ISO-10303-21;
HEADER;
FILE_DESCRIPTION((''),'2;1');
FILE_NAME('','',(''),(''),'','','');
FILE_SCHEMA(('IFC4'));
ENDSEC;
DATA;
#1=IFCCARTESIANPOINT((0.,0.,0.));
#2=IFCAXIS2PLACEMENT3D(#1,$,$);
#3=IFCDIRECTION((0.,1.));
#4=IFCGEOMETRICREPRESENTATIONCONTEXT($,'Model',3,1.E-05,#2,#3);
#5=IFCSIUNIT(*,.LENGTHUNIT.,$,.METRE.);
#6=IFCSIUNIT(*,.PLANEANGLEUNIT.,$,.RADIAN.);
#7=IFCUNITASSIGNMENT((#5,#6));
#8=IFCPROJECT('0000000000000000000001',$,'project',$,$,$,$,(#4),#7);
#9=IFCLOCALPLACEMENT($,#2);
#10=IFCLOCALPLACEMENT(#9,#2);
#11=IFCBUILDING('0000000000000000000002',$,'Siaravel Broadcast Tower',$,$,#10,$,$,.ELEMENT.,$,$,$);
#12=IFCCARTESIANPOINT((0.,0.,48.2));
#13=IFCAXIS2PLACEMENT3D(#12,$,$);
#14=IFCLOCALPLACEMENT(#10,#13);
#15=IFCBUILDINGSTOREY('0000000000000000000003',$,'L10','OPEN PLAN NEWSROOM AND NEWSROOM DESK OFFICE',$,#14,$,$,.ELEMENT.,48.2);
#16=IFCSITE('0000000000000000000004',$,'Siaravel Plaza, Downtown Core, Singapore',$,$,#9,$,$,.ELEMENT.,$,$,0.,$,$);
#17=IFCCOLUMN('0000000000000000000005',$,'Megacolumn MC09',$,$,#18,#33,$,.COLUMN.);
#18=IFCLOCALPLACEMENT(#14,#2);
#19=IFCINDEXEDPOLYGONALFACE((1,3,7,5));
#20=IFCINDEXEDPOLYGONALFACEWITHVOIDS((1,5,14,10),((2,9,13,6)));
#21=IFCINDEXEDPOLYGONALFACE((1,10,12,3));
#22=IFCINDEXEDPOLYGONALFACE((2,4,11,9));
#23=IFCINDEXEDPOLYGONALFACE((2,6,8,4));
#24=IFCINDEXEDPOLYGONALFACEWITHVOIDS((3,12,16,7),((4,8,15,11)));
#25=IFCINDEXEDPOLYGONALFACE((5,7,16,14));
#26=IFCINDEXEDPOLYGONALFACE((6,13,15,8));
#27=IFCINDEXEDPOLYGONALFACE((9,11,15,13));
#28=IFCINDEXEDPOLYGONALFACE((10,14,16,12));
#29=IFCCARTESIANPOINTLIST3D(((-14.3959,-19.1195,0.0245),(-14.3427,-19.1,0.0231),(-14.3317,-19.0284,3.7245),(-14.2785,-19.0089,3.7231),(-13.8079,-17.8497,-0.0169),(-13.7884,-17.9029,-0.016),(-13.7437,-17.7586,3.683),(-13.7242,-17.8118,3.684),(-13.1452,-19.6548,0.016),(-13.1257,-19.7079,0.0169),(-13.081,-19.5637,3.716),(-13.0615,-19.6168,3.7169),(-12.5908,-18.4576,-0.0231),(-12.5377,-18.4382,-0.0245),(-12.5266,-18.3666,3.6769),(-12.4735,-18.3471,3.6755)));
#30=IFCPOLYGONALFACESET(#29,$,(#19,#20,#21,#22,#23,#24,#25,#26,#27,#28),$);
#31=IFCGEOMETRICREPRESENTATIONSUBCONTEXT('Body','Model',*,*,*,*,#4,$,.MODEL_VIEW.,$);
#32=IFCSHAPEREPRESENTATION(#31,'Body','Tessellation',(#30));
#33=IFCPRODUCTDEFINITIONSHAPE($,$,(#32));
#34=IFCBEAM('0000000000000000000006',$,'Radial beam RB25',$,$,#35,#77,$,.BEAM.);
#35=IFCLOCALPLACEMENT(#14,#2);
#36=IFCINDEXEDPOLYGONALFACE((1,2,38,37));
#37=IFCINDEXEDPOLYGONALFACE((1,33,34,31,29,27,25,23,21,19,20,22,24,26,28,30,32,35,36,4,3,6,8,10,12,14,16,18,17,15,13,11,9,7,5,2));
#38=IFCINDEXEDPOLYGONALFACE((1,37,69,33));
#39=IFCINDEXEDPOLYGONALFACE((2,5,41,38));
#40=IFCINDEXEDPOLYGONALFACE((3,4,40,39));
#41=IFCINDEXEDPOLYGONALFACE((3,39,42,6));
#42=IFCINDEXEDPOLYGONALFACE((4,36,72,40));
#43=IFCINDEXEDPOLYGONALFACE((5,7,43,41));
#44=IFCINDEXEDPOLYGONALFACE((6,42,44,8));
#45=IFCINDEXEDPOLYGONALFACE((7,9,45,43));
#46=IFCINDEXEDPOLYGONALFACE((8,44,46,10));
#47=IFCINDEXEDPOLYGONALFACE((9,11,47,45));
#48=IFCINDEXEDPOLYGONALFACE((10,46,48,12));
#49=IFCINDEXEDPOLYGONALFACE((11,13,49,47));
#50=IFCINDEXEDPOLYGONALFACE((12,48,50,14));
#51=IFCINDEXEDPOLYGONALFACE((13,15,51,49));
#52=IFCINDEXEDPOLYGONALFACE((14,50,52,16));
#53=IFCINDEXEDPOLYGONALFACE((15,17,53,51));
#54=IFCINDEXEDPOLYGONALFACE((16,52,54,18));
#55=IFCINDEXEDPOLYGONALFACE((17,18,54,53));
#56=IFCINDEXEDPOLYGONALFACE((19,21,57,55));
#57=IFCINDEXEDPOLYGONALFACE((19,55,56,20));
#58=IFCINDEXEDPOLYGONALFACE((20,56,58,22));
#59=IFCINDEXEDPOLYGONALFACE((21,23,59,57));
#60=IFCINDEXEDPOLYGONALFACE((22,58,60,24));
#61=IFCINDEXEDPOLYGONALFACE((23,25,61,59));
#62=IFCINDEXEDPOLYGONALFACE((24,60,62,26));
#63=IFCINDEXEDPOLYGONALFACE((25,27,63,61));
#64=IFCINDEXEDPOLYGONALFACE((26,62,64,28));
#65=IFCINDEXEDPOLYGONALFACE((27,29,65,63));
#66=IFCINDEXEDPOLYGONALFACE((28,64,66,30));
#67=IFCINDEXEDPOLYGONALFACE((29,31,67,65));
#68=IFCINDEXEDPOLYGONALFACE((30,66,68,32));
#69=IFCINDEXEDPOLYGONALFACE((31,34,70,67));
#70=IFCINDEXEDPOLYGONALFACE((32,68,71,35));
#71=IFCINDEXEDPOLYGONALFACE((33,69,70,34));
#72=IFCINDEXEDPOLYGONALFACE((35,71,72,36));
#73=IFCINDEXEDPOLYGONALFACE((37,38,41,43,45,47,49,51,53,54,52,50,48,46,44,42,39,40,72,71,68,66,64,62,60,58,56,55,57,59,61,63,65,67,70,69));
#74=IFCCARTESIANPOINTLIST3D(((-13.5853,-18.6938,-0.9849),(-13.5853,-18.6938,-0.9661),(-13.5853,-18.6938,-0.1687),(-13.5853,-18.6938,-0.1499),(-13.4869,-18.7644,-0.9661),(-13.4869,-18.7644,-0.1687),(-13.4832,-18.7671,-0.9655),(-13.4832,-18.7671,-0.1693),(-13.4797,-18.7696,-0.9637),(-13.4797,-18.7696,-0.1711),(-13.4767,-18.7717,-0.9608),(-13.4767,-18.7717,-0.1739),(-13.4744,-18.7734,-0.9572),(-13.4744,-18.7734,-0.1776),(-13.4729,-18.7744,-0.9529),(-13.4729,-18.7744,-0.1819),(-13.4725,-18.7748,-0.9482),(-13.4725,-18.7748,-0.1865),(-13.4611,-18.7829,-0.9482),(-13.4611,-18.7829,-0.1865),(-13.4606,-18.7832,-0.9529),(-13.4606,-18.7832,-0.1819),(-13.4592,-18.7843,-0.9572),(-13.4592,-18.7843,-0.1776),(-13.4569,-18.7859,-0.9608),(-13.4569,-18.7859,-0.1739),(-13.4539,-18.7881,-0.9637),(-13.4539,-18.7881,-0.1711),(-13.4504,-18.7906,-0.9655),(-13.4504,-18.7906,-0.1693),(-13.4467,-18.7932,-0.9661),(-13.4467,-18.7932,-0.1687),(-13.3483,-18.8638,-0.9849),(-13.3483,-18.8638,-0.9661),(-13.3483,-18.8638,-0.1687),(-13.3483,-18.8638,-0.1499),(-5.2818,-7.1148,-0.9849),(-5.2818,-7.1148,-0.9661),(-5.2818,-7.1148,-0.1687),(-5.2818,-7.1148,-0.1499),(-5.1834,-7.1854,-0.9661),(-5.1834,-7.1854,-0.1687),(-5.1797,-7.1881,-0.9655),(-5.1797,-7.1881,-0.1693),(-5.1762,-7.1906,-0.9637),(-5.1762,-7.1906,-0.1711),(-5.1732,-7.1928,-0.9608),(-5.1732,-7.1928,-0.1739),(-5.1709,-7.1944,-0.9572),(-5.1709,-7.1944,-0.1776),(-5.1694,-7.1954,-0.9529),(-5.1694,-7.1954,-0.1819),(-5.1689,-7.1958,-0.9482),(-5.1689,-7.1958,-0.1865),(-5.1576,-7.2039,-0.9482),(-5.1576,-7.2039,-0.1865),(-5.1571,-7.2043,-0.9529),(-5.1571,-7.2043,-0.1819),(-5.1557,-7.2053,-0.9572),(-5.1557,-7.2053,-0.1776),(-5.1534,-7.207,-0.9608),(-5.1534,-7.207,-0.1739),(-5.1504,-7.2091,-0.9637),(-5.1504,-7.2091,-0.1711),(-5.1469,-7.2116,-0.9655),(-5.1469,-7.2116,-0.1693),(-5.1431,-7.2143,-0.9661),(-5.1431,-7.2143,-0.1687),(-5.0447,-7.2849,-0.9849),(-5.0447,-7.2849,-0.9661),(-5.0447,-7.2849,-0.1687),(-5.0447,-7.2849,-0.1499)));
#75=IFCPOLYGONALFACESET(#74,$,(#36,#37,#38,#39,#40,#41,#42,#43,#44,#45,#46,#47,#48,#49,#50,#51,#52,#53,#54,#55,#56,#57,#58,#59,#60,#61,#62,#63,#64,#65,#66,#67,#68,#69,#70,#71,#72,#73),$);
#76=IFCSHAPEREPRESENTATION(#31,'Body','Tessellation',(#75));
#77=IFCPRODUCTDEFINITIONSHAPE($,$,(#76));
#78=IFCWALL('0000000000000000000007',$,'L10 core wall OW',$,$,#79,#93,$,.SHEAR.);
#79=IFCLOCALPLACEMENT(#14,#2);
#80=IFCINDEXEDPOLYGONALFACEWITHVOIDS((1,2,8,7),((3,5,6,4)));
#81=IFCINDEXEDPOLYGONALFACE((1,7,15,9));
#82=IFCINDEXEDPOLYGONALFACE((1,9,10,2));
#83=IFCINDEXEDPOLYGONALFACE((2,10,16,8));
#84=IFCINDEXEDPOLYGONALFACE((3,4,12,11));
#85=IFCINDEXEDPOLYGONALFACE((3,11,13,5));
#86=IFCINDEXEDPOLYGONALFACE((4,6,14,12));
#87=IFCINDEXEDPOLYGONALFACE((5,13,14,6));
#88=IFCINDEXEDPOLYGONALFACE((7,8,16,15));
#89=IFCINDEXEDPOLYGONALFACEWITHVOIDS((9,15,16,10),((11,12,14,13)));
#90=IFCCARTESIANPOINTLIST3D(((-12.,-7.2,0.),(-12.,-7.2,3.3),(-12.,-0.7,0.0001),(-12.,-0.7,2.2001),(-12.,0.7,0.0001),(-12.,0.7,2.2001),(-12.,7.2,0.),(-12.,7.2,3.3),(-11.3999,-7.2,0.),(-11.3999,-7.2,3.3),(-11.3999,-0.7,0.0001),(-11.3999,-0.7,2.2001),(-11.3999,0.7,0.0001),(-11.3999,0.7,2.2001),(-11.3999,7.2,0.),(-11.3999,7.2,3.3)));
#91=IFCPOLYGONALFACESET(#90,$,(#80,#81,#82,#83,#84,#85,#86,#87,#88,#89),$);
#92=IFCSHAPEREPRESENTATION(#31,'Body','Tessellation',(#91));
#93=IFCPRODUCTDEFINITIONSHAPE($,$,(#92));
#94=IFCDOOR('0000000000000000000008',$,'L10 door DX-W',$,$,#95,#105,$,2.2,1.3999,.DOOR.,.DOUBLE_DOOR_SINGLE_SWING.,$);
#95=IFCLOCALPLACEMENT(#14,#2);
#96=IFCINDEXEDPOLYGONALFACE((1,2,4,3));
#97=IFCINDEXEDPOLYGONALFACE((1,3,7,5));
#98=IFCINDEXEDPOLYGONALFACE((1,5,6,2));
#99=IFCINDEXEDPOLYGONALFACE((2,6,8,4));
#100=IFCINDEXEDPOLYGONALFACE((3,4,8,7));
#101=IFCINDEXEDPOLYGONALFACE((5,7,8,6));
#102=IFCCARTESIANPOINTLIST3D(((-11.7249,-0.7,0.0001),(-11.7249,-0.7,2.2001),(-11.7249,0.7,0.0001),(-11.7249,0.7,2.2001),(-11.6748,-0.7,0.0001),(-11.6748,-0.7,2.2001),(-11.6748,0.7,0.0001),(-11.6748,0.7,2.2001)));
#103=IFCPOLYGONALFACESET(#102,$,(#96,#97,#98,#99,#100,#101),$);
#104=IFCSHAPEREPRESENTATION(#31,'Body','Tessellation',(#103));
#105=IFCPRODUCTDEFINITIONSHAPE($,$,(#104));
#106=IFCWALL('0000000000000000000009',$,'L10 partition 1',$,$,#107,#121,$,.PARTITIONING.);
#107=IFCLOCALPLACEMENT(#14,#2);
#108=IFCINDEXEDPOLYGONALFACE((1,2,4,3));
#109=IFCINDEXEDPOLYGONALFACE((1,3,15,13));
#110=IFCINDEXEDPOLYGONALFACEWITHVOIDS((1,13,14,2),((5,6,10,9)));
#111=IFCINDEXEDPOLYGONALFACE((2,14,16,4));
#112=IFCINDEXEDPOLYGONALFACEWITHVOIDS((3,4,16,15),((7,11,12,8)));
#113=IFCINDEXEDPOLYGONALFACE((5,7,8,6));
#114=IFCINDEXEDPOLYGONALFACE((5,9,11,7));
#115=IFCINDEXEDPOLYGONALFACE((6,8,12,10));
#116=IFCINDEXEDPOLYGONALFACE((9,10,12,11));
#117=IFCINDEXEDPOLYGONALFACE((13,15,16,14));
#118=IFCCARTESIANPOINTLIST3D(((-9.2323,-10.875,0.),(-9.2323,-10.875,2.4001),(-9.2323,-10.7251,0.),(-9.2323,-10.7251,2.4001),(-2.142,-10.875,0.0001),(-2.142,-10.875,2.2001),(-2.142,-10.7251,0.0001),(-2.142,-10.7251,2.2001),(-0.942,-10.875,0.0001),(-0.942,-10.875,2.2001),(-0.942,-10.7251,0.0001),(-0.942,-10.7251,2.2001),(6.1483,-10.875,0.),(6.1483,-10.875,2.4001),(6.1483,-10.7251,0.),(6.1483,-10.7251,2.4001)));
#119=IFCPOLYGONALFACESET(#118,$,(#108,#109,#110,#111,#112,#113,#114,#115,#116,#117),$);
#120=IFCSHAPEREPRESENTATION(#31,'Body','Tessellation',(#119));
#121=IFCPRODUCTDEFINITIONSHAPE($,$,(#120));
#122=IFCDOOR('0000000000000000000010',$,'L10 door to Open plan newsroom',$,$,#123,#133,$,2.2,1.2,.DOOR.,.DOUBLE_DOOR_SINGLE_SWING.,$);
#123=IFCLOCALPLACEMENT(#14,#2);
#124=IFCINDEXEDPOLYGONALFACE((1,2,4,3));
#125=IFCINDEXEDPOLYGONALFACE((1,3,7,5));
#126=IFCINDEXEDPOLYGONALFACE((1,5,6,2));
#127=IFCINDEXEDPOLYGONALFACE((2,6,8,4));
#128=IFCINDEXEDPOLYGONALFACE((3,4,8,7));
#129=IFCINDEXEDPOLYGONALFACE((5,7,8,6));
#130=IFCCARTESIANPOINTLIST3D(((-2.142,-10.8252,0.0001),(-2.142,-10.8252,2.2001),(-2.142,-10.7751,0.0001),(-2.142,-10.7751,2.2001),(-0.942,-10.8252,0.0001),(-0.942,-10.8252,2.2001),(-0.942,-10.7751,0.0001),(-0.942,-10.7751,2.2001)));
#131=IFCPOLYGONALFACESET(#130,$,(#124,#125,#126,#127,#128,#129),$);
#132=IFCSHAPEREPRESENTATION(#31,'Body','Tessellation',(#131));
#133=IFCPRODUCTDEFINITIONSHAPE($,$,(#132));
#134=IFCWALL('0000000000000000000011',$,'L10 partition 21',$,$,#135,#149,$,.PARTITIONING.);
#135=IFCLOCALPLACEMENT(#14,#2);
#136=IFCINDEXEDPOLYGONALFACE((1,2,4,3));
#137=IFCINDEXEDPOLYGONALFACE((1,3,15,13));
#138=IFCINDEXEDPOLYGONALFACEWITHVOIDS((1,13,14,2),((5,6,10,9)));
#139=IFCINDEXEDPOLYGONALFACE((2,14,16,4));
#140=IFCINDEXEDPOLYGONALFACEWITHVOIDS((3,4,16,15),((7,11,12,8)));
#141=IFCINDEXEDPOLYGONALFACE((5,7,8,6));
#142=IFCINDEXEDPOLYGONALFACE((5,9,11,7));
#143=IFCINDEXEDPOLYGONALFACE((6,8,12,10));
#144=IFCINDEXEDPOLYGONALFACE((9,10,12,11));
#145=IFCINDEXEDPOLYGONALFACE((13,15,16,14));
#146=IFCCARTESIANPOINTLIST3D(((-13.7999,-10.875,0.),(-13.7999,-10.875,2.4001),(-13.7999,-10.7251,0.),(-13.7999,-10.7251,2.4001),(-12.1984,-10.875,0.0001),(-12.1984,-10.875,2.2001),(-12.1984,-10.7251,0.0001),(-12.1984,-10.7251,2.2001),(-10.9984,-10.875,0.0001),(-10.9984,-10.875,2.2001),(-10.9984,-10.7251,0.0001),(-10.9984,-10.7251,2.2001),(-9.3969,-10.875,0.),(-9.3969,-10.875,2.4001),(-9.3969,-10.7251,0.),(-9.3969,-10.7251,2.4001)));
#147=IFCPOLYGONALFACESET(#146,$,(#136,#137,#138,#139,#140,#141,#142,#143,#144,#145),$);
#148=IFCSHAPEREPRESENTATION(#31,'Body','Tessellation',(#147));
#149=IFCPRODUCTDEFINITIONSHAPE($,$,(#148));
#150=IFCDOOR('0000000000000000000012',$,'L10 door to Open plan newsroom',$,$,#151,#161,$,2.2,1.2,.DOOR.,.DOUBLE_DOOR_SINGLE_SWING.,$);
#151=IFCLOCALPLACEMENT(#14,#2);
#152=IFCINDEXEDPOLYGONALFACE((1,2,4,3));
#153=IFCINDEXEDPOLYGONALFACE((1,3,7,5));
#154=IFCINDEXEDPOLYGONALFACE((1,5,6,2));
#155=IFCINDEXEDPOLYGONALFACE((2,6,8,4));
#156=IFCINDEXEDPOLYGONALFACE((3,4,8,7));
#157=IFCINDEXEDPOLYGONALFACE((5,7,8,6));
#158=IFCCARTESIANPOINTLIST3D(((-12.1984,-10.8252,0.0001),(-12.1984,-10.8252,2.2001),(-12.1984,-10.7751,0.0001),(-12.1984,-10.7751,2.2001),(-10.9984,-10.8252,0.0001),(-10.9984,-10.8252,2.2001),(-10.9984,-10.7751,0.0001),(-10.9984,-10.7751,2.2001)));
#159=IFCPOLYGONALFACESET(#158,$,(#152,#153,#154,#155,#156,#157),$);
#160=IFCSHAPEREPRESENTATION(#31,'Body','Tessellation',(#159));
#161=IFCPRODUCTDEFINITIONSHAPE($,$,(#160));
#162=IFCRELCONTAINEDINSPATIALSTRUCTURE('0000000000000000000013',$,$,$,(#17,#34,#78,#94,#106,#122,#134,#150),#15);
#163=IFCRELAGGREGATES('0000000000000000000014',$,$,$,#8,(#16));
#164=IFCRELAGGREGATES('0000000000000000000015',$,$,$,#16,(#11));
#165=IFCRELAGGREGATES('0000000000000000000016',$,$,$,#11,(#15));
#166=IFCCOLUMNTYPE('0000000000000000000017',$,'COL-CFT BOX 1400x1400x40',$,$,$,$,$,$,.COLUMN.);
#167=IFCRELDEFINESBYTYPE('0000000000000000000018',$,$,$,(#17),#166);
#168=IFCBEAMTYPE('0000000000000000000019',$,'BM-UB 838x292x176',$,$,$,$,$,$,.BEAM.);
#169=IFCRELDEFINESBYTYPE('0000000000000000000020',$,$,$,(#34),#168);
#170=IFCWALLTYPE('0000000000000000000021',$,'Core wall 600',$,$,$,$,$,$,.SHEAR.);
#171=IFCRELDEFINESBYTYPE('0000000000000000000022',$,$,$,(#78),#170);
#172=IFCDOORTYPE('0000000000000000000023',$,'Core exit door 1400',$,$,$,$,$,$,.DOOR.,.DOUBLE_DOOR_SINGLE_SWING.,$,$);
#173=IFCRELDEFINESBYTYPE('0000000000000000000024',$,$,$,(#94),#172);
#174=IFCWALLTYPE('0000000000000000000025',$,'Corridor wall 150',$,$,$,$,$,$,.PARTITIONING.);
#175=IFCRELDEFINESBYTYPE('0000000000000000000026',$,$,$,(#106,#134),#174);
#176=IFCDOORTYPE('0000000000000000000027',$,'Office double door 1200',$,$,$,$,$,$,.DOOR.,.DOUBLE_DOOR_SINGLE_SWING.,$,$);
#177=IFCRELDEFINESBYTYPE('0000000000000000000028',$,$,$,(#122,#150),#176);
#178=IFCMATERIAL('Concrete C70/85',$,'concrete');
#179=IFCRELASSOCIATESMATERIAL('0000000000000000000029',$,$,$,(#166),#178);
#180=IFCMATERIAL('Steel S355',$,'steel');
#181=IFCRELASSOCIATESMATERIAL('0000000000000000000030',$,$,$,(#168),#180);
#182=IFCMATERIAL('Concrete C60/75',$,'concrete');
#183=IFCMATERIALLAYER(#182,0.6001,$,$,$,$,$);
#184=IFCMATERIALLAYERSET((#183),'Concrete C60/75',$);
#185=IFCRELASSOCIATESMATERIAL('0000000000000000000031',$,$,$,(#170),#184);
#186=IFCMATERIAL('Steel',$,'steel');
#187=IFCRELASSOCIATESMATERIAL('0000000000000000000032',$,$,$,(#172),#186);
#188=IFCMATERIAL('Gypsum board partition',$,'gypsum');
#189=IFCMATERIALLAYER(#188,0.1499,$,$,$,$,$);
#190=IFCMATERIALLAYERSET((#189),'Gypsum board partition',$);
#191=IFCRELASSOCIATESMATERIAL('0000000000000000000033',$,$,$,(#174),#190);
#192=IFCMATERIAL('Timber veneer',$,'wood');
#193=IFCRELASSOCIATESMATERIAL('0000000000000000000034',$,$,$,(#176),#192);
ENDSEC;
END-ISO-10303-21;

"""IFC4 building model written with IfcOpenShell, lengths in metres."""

from ifc_helpers import new_model, si_unit, direction, frame, frame_2d, origin, origin_2d, place, context, subcontext, project, spatial, rectangle, hollow_rectangle, i_section, extrude, material, layer, layer_set, material_profile, profile_set, type_object, element, fill, save


model = new_model("IFC4")

# Units and contexts
model_context = context("Model", 3, precision=1e-05, world=origin(), true_north=direction((0.0, 1.0)))
body_context = subcontext(model_context, "Body", "Model", "MODEL_VIEW")
ifc_project = project(units=[si_unit("LENGTHUNIT", "METRE"), si_unit("PLANEANGLEUNIT", "RADIAN")], contexts=[model_context])

# Site, building, storey
site_placement = place(None, origin())
site = spatial("IfcSite", under=ifc_project, at=site_placement, Name="Siaravel Plaza, Downtown Core, Singapore", CompositionType="ELEMENT", RefElevation=0.0)
building_placement = place(site_placement, origin())
building = spatial("IfcBuilding", under=site, at=building_placement, Name="Siaravel Broadcast Tower", CompositionType="ELEMENT")
storey_placement = place(building_placement, frame((0.0, 0.0, 48.2)))
storey = spatial("IfcBuildingStorey", under=building, at=storey_placement, Name="L10", Description="OPEN PLAN NEWSROOM AND NEWSROOM DESK OFFICE", CompositionType="ELEMENT", Elevation=48.2)

# Column
ifc_material_1 = material(Name="Concrete C70/85", Category="concrete")
ifc_material_profile_1 = material_profile(ifc_material_1, hollow_rectangle(XDim=1.3999, YDim=1.3999, WallThickness=0.04, at=origin_2d()))
ifc_profile_set_1 = profile_set([ifc_material_profile_1], Name="Concrete C70/85")
column_type = type_object("IfcColumnType", Name="COL-CFT BOX 1400x1400x40", PredefinedType="COLUMN", material=ifc_profile_set_1)
column_placement = place(storey_placement, frame((-13.4668, -18.7788, 0.0), z_axis=(0.017346, 0.024601, 0.999547), x_axis=(-0.907346, 0.420349, 0.0054)))
element("IfcColumn", 1, at=column_placement, inside=storey, type_object=column_type, Name="Megacolumn MC09", PredefinedType="COLUMN", context=body_context, shape_type="SweptSolid", body=[
    extrude(hollow_rectangle(XDim=1.3999, YDim=1.3999, WallThickness=0.04, at=origin_2d()), origin(), (0.0, 0.0, 1.0), 3.7017),
])

# Beam
ifc_material_2 = material(Name="Steel S355", Category="steel")
ifc_material_profile_2 = material_profile(ifc_material_2, i_section(OverallWidth=0.2917, OverallDepth=0.835, WebThickness=0.0139, FlangeThickness=0.0188, FilletRadius=0.0178, at=origin_2d()))
ifc_profile_set_2 = profile_set([ifc_material_profile_2], Name="Steel S355")
beam_type = type_object("IfcBeamType", Name="BM-UB 838x292x176", PredefinedType="BEAM", material=ifc_profile_set_2)
beam_placement = place(storey_placement, frame((-13.4668, -18.7788, -0.5674), z_axis=(0.582764, 0.812641, 0.0), x_axis=(-0.812641, 0.582764, 0.0)))
element("IfcBeam", 2, at=beam_placement, inside=storey, type_object=beam_type, Name="Radial beam RB25", PredefinedType="BEAM", context=body_context, shape_type="SweptSolid", body=[
    extrude(i_section(OverallWidth=0.2917, OverallDepth=0.835, WebThickness=0.0139, FlangeThickness=0.0188, FilletRadius=0.0178, at=origin_2d()), origin(), (0.0, 0.0, 1.0), 14.2485),
])

# Walls, openings, doors
ifc_material_3 = material(Name="Concrete C60/75", Category="concrete")
ifc_layer_1 = layer(ifc_material_3, 0.6001)
ifc_layer_set_1 = layer_set([ifc_layer_1], Name="Concrete C60/75")
wall_type_1 = type_object("IfcWallType", Name="Core wall 600", PredefinedType="SHEAR", material=ifc_layer_set_1)
wall_1_placement = place(storey_placement, frame((-11.7, -7.2, 0.0), z_axis=(0.0, 0.0, 1.0), x_axis=(0.0, 1.0, 0.0)))
wall_1 = element("IfcWall", 3, at=wall_1_placement, inside=storey, type_object=wall_type_1, Name="L10 core wall OW", PredefinedType="SHEAR", context=body_context, shape_type="SweptSolid", body=[
    extrude(rectangle(XDim=14.3999, YDim=0.6001, at=frame_2d((7.2, 0.0))), origin(), (0.0, 0.0, 1.0), 3.3),
])
opening_1_placement = place(wall_1_placement, frame((6.5, 0.0, 0.0)))
opening_1 = element("IfcOpeningElement", 4, at=opening_1_placement, cuts=wall_1, PredefinedType="OPENING", context=body_context, shape_type="SweptSolid", body=[
    extrude(rectangle(XDim=1.3999, YDim=2.2, at=frame_2d((0.7, 1.1001))), frame((0.0, 0.3101, 0.0), z_axis=(0.0, -1.0, 0.0), x_axis=(1.0, 0.0, 0.0)), (0.0, 0.0, 1.0), 0.6201),
])
ifc_material_4 = material(Name="Steel", Category="steel")
door_type_1 = type_object("IfcDoorType", Name="Core exit door 1400", OperationType="DOUBLE_DOOR_SINGLE_SWING", PredefinedType="DOOR", material=ifc_material_4)
door_1_placement = place(opening_1_placement, origin())
door_1 = element("IfcDoor", 5, at=door_1_placement, inside=storey, type_object=door_type_1, Name="L10 door DX-W", OperationType="DOUBLE_DOOR_SINGLE_SWING", OverallHeight=2.2, OverallWidth=1.3999, PredefinedType="DOOR", context=body_context, shape_type="SweptSolid", body=[
    extrude(rectangle(XDim=1.3999, YDim=2.2, at=frame_2d((0.7, 1.1001))), frame((0.0, 0.0249, 0.0), z_axis=(0.0, -1.0, 0.0), x_axis=(1.0, 0.0, 0.0)), (0.0, 0.0, 1.0), 0.05),
])
fill(opening_1, door_1)
ifc_material_5 = material(Name="Gypsum board partition", Category="gypsum")
ifc_layer_2 = layer(ifc_material_5, 0.1499)
ifc_layer_set_2 = layer_set([ifc_layer_2], Name="Gypsum board partition")
wall_type_2 = type_object("IfcWallType", Name="Corridor wall 150", PredefinedType="PARTITIONING", material=ifc_layer_set_2)
wall_2_placement = place(storey_placement, frame((-9.2324, -10.8, 0.0), z_axis=(0.0, 0.0, 1.0), x_axis=(1.0, 0.0, 0.0)))
wall_2 = element("IfcWall", 6, at=wall_2_placement, inside=storey, type_object=wall_type_2, Name="L10 partition 1", PredefinedType="PARTITIONING", context=body_context, shape_type="SweptSolid", body=[
    extrude(rectangle(XDim=15.3806, YDim=0.1499, at=frame_2d((7.6904, 0.0))), origin(), (0.0, 0.0, 1.0), 2.4001),
])
opening_2_placement = place(wall_2_placement, frame((7.0903, 0.0, 0.0)))
opening_2 = element("IfcOpeningElement", 7, at=opening_2_placement, cuts=wall_2, PredefinedType="OPENING", context=body_context, shape_type="SweptSolid", body=[
    extrude(rectangle(XDim=1.2, YDim=2.2, at=frame_2d((0.6001, 1.1001))), frame((0.0, 0.085, 0.0), z_axis=(0.0, -1.0, 0.0), x_axis=(1.0, 0.0, 0.0)), (0.0, 0.0, 1.0), 0.1699),
])
ifc_material_6 = material(Name="Timber veneer", Category="wood")
door_type_2 = type_object("IfcDoorType", Name="Office double door 1200", OperationType="DOUBLE_DOOR_SINGLE_SWING", PredefinedType="DOOR", material=ifc_material_6)
door_2_placement = place(opening_2_placement, origin())
door_2 = element("IfcDoor", 8, at=door_2_placement, inside=storey, type_object=door_type_2, Name="L10 door to Open plan newsroom", OperationType="DOUBLE_DOOR_SINGLE_SWING", OverallHeight=2.2, OverallWidth=1.2, PredefinedType="DOOR", context=body_context, shape_type="SweptSolid", body=[
    extrude(rectangle(XDim=1.2, YDim=2.2, at=frame_2d((0.6001, 1.1001))), frame((0.0, 0.0249, 0.0), z_axis=(0.0, -1.0, 0.0), x_axis=(1.0, 0.0, 0.0)), (0.0, 0.0, 1.0), 0.05),
])
fill(opening_2, door_2)
wall_3_placement = place(storey_placement, frame((-13.8, -10.8, 0.0), z_axis=(0.0, 0.0, 1.0), x_axis=(1.0, 0.0, 0.0)))
wall_3 = element("IfcWall", 9, at=wall_3_placement, inside=storey, type_object=wall_type_2, Name="L10 partition 21", PredefinedType="PARTITIONING", context=body_context, shape_type="SweptSolid", body=[
    extrude(rectangle(XDim=4.4031, YDim=0.1499, at=frame_2d((2.2017, 0.0))), origin(), (0.0, 0.0, 1.0), 2.4001),
])
opening_3_placement = place(wall_3_placement, frame((1.6016, 0.0, 0.0)))
opening_3 = element("IfcOpeningElement", 10, at=opening_3_placement, cuts=wall_3, PredefinedType="OPENING", context=body_context, shape_type="SweptSolid", body=[
    extrude(rectangle(XDim=1.2, YDim=2.2, at=frame_2d((0.6001, 1.1001))), frame((0.0, 0.085, 0.0), z_axis=(0.0, -1.0, 0.0), x_axis=(1.0, 0.0, 0.0)), (0.0, 0.0, 1.0), 0.1699),
])
door_3_placement = place(opening_3_placement, origin())
door_3 = element("IfcDoor", 11, at=door_3_placement, inside=storey, type_object=door_type_2, Name="L10 door to Open plan newsroom", OperationType="DOUBLE_DOOR_SINGLE_SWING", OverallHeight=2.2, OverallWidth=1.2, PredefinedType="DOOR", context=body_context, shape_type="SweptSolid", body=[
    extrude(rectangle(XDim=1.2, YDim=2.2, at=frame_2d((0.6001, 1.1001))), frame((0.0, 0.0249, 0.0), z_axis=(0.0, -1.0, 0.0), x_axis=(1.0, 0.0, 0.0)), (0.0, 0.0, 1.0), 0.05),
])
fill(opening_3, door_3)

save(model, "model.ifc")
